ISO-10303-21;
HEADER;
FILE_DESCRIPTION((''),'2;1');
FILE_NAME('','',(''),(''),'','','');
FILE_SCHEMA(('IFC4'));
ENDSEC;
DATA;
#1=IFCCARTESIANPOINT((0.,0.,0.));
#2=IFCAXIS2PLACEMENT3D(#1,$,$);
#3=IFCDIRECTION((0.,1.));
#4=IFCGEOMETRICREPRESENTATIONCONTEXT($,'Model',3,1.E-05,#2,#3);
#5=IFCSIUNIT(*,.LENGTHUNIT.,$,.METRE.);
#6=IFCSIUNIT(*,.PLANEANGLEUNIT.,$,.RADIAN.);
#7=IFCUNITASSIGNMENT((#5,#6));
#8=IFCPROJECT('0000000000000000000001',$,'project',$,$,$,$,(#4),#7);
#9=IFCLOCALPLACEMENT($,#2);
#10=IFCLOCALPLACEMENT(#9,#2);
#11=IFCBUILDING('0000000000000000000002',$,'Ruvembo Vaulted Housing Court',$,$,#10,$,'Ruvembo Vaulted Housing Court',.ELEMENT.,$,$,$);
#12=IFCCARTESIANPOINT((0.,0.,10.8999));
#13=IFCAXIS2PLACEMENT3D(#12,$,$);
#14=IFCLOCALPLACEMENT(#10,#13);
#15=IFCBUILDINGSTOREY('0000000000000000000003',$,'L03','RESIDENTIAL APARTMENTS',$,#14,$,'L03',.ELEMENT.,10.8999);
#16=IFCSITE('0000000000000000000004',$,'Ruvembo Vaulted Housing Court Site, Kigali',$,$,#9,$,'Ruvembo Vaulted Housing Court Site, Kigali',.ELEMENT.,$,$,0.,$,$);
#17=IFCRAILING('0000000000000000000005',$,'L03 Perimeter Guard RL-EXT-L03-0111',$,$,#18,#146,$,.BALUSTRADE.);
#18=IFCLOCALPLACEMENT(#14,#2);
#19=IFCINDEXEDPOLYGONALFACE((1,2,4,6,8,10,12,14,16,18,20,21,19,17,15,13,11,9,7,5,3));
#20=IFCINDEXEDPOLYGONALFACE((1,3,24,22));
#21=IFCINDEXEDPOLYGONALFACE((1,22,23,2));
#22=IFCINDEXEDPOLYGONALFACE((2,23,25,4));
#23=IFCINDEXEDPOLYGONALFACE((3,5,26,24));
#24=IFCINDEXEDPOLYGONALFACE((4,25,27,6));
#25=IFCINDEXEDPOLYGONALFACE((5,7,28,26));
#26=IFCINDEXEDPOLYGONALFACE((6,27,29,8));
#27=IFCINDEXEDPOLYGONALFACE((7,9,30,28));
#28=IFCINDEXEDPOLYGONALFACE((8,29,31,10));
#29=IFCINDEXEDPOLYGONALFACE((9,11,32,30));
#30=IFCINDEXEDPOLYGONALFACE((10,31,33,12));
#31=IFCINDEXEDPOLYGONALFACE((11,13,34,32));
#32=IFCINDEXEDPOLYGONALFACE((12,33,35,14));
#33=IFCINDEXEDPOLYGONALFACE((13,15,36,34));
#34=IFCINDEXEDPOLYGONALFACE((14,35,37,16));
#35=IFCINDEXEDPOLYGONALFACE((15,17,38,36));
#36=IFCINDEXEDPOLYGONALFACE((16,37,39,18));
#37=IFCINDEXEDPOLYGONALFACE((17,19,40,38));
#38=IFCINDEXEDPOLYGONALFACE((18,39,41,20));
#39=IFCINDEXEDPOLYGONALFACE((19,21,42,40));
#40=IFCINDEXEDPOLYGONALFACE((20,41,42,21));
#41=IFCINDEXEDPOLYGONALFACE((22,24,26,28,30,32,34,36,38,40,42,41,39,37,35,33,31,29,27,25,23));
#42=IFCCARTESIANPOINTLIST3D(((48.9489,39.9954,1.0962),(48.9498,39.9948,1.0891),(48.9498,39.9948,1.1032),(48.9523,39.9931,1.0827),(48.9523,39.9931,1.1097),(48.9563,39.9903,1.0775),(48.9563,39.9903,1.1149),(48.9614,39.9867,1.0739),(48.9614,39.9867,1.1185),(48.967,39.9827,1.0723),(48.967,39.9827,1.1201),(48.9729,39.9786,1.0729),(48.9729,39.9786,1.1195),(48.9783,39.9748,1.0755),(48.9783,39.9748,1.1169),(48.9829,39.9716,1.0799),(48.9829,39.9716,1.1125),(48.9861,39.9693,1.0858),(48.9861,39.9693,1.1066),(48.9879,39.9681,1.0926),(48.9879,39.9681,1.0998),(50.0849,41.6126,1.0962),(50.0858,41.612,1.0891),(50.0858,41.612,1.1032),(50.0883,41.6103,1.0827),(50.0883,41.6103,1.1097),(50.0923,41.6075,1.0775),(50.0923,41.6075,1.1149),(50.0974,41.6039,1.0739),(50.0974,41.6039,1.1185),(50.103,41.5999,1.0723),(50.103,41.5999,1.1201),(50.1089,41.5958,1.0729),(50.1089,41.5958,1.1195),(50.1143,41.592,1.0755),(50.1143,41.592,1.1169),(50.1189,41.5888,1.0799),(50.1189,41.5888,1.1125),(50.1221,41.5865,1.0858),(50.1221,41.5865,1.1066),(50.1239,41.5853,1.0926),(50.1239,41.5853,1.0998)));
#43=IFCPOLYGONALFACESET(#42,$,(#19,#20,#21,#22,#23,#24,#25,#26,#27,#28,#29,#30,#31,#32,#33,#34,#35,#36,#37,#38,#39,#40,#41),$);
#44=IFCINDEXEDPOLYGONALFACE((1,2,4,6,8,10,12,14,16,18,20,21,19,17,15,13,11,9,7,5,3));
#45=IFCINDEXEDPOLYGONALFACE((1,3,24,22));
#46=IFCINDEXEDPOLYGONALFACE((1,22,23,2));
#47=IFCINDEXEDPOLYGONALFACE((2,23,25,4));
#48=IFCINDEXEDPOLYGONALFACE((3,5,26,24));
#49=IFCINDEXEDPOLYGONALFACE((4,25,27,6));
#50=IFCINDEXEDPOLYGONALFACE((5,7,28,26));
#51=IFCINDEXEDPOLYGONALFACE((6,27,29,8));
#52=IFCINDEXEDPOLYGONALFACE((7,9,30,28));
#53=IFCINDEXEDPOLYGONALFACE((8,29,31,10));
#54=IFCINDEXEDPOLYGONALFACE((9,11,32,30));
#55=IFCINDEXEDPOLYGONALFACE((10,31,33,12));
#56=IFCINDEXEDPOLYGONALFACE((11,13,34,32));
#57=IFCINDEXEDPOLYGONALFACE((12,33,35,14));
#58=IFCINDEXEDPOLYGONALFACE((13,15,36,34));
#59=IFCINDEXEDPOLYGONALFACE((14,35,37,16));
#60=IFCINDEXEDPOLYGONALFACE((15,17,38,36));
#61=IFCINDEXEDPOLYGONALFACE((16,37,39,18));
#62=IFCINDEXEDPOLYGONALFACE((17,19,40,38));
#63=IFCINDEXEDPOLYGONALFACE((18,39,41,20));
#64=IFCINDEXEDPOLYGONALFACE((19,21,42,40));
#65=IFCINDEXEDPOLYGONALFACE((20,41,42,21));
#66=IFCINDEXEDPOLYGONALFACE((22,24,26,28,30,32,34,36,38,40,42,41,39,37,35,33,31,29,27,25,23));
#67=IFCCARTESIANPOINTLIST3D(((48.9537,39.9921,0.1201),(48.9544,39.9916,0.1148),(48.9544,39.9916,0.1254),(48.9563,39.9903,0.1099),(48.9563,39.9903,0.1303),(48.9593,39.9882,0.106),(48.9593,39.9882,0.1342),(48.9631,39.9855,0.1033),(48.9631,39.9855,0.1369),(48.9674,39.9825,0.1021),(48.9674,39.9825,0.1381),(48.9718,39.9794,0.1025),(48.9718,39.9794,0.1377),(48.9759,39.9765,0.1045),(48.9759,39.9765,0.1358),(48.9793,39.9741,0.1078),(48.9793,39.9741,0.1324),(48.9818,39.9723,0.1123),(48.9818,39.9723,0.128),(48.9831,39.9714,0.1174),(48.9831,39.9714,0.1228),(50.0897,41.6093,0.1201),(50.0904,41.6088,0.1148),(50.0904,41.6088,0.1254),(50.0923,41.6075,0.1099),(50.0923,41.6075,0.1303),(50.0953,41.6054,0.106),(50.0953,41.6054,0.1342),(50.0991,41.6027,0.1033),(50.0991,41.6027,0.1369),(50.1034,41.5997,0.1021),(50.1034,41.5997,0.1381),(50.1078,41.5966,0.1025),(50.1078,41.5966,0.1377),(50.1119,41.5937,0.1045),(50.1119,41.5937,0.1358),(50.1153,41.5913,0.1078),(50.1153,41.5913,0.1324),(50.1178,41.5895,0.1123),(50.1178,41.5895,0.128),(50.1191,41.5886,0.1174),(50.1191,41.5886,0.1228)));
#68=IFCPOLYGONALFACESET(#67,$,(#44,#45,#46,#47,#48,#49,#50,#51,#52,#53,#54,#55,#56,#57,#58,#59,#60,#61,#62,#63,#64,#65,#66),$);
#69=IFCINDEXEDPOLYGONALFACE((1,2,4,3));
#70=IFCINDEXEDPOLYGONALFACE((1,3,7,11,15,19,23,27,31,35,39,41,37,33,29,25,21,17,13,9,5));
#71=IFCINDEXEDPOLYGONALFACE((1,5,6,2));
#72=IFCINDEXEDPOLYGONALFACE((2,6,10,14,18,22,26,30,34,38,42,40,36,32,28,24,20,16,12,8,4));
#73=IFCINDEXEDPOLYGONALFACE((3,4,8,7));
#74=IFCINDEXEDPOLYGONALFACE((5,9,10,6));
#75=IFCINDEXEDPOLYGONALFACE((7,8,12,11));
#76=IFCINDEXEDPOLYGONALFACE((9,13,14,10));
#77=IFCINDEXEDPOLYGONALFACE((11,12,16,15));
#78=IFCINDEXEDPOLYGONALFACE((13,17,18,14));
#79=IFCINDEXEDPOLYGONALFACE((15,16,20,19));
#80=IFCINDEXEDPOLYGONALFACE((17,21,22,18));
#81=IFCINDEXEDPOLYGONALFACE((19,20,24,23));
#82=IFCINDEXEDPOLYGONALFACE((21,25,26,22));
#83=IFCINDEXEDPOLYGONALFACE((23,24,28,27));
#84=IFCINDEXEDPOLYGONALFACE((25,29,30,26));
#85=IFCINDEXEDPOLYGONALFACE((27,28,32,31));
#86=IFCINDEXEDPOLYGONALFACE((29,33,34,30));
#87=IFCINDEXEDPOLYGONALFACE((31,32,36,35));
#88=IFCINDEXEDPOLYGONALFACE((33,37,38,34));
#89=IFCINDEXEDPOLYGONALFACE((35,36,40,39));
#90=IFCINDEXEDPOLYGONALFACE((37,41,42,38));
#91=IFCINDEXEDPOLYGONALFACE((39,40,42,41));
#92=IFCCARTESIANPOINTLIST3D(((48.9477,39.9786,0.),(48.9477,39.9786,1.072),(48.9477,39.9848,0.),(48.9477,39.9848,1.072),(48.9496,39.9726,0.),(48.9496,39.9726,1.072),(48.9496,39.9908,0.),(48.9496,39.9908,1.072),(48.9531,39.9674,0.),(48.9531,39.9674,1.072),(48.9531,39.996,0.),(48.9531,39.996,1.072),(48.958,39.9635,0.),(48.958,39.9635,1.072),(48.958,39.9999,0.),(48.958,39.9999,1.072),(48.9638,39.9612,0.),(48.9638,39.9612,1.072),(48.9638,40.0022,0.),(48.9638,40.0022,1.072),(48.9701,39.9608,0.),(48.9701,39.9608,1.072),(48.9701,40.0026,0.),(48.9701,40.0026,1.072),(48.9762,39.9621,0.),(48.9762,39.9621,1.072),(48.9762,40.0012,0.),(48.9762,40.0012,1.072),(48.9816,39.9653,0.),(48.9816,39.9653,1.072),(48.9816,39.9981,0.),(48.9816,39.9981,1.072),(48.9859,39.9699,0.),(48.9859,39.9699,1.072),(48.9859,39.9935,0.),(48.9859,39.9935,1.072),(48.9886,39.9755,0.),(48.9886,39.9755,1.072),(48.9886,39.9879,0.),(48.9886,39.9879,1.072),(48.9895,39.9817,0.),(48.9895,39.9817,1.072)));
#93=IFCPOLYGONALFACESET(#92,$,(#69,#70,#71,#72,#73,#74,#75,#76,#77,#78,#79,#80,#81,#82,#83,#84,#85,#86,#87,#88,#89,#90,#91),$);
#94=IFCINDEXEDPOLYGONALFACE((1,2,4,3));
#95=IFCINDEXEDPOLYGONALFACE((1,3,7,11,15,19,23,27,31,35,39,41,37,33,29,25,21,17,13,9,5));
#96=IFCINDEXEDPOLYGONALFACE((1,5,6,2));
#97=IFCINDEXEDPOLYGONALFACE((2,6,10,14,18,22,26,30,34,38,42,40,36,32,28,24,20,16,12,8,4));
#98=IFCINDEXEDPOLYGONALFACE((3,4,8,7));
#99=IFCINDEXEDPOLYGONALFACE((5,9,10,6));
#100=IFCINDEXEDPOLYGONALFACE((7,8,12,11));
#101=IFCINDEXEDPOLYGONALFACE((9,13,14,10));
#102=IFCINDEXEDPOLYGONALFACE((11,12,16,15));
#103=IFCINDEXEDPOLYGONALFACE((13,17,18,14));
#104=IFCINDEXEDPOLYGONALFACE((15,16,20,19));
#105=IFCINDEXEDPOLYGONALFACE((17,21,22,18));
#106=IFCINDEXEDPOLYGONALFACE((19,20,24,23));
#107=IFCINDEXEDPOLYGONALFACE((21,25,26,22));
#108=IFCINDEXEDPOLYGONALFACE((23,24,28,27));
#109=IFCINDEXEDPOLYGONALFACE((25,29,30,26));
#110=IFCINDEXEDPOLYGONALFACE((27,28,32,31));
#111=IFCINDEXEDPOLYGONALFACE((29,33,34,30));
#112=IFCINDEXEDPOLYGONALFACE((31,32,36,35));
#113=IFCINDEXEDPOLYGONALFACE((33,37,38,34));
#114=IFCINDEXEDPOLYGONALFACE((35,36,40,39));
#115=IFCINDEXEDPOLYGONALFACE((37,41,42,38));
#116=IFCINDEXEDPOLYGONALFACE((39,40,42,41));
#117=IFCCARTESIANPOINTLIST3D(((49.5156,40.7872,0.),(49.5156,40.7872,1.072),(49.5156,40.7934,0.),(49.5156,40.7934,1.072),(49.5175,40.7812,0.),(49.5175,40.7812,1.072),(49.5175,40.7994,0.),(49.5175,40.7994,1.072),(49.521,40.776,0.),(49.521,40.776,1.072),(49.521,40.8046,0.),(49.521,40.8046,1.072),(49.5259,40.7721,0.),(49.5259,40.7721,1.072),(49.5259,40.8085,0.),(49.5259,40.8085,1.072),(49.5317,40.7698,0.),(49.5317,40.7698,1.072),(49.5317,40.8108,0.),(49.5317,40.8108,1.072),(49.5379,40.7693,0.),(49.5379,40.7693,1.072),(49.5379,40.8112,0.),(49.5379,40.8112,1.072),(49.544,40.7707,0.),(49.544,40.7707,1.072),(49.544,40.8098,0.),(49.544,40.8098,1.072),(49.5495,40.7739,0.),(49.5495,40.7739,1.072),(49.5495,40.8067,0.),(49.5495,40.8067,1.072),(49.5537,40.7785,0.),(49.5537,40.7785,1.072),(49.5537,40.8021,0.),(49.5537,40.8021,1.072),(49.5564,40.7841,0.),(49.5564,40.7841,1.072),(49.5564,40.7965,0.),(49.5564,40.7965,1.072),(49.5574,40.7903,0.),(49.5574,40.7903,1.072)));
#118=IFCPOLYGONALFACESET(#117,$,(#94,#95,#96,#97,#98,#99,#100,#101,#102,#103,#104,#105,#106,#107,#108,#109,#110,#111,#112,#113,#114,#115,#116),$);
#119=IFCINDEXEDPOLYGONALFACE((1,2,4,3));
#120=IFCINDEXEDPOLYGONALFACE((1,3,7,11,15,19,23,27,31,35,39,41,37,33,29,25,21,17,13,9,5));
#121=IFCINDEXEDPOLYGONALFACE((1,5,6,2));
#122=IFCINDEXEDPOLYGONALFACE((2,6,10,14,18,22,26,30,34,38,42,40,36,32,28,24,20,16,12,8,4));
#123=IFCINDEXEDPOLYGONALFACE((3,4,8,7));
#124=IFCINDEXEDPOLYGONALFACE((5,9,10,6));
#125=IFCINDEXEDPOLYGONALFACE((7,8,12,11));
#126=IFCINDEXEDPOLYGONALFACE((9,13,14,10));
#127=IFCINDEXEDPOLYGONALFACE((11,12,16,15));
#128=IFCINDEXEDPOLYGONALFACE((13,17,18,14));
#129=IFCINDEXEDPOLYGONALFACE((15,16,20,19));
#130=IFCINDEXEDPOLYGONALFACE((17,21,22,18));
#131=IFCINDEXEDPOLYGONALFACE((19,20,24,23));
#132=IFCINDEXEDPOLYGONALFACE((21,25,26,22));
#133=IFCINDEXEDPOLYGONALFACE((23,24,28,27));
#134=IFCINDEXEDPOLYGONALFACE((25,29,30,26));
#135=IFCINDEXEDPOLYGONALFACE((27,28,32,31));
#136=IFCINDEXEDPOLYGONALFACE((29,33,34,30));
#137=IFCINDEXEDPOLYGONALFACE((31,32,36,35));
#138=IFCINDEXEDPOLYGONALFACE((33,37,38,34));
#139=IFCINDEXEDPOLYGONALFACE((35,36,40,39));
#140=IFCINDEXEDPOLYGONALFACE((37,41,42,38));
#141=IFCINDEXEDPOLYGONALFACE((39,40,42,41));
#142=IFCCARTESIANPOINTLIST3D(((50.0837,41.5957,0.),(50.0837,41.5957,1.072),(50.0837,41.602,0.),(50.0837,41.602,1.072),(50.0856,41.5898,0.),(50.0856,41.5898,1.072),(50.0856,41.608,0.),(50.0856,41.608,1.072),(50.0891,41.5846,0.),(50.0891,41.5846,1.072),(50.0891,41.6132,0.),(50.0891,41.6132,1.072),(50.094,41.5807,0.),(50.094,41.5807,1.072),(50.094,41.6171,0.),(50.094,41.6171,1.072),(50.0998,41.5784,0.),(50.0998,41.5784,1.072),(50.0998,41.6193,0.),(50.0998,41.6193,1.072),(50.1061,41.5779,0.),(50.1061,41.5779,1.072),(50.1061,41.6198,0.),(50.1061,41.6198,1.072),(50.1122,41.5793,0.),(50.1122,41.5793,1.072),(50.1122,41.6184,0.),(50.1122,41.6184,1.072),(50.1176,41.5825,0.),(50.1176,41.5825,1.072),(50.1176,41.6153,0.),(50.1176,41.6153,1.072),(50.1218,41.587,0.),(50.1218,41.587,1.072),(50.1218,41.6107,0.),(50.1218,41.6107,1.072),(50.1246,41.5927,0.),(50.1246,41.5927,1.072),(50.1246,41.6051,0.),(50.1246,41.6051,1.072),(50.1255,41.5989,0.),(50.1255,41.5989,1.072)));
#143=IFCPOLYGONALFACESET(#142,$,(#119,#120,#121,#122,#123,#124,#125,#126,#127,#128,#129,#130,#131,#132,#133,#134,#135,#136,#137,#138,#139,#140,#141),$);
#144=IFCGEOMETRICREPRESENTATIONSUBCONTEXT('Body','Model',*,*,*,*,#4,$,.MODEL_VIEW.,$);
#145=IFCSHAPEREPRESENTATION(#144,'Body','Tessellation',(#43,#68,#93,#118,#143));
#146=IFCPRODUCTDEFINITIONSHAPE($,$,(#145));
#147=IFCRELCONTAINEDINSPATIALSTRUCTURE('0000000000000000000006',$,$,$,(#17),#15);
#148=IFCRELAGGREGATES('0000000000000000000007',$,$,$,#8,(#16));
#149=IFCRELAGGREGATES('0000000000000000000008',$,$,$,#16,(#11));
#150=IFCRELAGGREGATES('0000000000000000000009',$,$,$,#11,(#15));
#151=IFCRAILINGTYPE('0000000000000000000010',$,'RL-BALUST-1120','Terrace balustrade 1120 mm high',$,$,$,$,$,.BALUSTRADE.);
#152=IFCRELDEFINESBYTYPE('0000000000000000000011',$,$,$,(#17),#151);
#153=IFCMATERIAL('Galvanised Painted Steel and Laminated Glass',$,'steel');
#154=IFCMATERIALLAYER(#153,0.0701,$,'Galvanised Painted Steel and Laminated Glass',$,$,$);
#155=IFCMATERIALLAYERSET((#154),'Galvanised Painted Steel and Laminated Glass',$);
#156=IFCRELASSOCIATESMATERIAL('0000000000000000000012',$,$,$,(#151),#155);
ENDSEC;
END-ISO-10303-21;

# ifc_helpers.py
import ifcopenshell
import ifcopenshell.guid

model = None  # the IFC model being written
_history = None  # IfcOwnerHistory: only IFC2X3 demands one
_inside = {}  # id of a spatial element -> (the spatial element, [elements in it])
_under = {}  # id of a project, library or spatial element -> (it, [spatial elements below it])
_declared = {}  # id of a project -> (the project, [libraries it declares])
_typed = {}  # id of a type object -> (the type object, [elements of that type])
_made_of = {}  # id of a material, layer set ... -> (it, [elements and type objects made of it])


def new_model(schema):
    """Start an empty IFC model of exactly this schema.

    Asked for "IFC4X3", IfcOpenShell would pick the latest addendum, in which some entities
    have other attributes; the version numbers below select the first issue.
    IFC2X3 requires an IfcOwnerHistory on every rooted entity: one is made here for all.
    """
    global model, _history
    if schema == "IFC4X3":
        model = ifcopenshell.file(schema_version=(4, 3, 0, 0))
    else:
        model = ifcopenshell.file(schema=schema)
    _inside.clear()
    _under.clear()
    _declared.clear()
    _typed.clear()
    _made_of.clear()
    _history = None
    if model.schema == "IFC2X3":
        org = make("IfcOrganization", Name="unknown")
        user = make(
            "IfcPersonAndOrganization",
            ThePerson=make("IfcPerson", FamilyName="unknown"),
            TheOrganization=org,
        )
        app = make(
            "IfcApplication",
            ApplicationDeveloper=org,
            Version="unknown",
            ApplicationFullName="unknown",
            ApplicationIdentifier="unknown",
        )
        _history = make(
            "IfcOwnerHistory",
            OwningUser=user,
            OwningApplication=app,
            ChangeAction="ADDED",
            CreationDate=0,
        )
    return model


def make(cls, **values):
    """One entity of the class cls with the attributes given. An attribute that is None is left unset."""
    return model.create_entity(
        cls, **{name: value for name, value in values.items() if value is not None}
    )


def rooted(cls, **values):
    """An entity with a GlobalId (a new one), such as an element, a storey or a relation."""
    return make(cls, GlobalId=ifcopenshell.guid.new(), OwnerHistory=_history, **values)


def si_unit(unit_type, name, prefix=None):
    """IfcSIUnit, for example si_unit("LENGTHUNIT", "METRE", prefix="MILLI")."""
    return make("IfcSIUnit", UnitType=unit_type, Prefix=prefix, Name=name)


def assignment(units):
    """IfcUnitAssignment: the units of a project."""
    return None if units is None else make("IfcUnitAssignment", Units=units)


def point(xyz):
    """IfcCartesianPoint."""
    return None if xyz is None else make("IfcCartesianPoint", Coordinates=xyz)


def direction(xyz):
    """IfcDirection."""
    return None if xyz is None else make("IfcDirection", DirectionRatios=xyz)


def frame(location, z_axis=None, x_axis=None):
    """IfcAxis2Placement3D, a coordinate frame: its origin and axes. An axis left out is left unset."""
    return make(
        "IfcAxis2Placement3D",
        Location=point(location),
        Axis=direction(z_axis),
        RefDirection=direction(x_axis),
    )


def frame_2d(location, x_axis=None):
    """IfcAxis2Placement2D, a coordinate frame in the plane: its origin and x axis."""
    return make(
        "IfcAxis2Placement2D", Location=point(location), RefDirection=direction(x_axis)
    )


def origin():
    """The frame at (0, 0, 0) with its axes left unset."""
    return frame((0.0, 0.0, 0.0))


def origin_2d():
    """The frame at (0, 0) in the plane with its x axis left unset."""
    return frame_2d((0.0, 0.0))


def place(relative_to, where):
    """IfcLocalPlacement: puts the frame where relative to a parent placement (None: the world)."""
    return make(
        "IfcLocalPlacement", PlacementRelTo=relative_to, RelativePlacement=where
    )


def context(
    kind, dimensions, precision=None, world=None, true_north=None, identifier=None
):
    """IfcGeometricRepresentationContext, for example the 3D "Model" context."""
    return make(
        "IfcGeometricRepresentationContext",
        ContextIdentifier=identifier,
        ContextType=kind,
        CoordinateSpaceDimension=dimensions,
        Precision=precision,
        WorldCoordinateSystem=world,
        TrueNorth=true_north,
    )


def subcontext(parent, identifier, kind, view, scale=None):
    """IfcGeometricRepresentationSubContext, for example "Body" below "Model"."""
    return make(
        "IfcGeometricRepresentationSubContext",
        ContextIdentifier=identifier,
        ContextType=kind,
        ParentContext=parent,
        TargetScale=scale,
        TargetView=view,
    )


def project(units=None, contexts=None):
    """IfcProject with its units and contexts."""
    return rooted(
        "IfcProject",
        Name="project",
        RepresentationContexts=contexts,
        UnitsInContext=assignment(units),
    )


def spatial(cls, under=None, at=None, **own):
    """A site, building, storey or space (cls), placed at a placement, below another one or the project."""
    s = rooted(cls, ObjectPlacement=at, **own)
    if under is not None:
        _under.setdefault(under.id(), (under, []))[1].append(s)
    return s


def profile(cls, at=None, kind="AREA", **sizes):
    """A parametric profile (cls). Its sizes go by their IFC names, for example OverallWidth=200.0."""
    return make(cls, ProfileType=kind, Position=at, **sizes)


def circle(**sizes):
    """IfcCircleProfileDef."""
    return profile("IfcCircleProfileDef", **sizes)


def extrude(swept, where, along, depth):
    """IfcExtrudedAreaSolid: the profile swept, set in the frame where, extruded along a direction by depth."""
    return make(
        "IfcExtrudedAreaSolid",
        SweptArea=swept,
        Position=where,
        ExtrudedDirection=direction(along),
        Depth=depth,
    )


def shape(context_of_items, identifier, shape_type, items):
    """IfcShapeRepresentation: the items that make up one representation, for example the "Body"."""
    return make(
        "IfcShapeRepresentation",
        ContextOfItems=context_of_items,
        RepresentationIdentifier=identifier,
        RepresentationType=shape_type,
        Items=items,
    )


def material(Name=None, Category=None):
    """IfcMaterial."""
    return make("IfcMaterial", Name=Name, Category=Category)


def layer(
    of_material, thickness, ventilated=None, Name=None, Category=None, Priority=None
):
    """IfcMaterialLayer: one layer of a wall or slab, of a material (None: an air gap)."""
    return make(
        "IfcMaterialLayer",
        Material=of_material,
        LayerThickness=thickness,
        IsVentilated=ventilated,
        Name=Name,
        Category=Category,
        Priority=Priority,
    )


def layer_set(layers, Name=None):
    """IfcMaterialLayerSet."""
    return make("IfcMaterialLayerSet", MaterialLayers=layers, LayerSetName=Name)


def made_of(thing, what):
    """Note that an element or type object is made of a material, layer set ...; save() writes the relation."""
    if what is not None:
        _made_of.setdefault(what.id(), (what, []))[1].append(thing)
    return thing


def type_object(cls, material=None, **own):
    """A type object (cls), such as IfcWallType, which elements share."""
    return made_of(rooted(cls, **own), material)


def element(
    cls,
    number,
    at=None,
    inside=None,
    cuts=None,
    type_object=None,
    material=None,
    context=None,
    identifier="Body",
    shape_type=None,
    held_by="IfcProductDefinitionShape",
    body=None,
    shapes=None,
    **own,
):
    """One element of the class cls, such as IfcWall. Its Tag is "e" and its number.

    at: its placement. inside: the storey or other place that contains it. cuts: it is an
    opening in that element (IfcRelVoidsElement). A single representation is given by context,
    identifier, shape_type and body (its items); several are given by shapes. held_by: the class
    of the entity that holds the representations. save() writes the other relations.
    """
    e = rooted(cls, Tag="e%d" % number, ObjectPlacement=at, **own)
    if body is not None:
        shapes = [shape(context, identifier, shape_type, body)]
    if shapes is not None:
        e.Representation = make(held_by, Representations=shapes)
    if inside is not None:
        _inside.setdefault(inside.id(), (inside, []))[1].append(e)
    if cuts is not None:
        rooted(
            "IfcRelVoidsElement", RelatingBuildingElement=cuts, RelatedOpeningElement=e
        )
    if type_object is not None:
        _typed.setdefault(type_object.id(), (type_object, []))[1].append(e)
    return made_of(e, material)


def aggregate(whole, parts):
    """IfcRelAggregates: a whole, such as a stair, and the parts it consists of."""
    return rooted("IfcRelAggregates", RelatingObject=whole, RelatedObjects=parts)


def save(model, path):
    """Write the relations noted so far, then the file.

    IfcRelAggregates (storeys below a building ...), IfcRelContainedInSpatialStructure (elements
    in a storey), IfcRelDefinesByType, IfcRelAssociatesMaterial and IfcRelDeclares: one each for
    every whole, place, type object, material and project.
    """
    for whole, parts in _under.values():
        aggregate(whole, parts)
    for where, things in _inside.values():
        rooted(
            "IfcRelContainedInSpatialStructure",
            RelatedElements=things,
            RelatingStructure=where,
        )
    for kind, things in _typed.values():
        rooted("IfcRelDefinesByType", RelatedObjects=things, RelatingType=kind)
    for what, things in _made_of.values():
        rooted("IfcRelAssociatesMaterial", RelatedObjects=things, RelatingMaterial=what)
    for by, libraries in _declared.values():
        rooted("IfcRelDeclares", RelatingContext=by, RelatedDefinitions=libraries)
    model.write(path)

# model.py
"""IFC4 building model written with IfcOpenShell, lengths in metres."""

from ifc_helpers import new_model, si_unit, direction, frame, origin, origin_2d, place, context, subcontext, project, spatial, circle, extrude, material, layer, layer_set, type_object, element, save


model = new_model("IFC4")

# Units and contexts
model_context = context("Model", 3, precision=1e-05, world=origin(), true_north=direction((0.0, 1.0)))
body_context = subcontext(model_context, "Body", "Model", "MODEL_VIEW")
ifc_project = project(units=[si_unit("LENGTHUNIT", "METRE"), si_unit("PLANEANGLEUNIT", "RADIAN")], contexts=[model_context])

# Site, building, storey
site_placement = place(None, origin())
site = spatial("IfcSite", under=ifc_project, at=site_placement, Name="Ruvembo Vaulted Housing Court Site, Kigali", LongName="Ruvembo Vaulted Housing Court Site, Kigali", CompositionType="ELEMENT", RefElevation=0.0)
building_placement = place(site_placement, origin())
building = spatial("IfcBuilding", under=site, at=building_placement, Name="Ruvembo Vaulted Housing Court", LongName="Ruvembo Vaulted Housing Court", CompositionType="ELEMENT")
storey_placement = place(building_placement, frame((0.0, 0.0, 10.8999)))
storey = spatial("IfcBuildingStorey", under=building, at=storey_placement, Name="L03", Description="RESIDENTIAL APARTMENTS", LongName="L03", CompositionType="ELEMENT", Elevation=10.8999)

# Railing
ifc_material_1 = material(Name="Galvanised Painted Steel and Laminated Glass", Category="steel")
ifc_layer_1 = layer(ifc_material_1, 0.0701, Name="Galvanised Painted Steel and Laminated Glass")
ifc_layer_set_1 = layer_set([ifc_layer_1], Name="Galvanised Painted Steel and Laminated Glass")
railing_type = type_object("IfcRailingType", Name="RL-BALUST-1120", Description="Terrace balustrade 1120 mm high", PredefinedType="BALUSTRADE", material=ifc_layer_set_1)
railing_1_placement = place(storey_placement, frame((48.9685, 39.9817, 0.0)))
element("IfcRailing", 1, at=railing_1_placement, inside=storey, type_object=railing_type, Name="L03 Perimeter Guard RL-EXT-L03-0111", PredefinedType="BALUSTRADE", context=body_context, shape_type="SweptSolid", body=[
    extrude(circle(Radius=0.0239, at=origin_2d()), frame((0.0, 0.0, 1.0962), z_axis=(0.574805, 0.818291, 0.0), x_axis=(-0.818291, 0.574805, 0.0)), (0.0, 0.0, 1.0), 1.9763),
    extrude(circle(Radius=0.0181, at=origin_2d()), frame((0.0, 0.0, 0.1201), z_axis=(0.574805, 0.818291, 0.0), x_axis=(-0.818291, 0.574805, 0.0)), (0.0, 0.0, 1.0), 1.9763),
    extrude(circle(Radius=0.021, at=origin_2d()), origin(), (0.0, 0.0, 1.0), 1.072),
    extrude(circle(Radius=0.021, at=origin_2d()), frame((0.5679, 0.8086, 0.0)), (0.0, 0.0, 1.0), 1.072),
    extrude(circle(Radius=0.021, at=origin_2d()), frame((1.136, 1.6172, 0.0)), (0.0, 0.0, 1.0), 1.072),
])

save(model, "model.ifc")
